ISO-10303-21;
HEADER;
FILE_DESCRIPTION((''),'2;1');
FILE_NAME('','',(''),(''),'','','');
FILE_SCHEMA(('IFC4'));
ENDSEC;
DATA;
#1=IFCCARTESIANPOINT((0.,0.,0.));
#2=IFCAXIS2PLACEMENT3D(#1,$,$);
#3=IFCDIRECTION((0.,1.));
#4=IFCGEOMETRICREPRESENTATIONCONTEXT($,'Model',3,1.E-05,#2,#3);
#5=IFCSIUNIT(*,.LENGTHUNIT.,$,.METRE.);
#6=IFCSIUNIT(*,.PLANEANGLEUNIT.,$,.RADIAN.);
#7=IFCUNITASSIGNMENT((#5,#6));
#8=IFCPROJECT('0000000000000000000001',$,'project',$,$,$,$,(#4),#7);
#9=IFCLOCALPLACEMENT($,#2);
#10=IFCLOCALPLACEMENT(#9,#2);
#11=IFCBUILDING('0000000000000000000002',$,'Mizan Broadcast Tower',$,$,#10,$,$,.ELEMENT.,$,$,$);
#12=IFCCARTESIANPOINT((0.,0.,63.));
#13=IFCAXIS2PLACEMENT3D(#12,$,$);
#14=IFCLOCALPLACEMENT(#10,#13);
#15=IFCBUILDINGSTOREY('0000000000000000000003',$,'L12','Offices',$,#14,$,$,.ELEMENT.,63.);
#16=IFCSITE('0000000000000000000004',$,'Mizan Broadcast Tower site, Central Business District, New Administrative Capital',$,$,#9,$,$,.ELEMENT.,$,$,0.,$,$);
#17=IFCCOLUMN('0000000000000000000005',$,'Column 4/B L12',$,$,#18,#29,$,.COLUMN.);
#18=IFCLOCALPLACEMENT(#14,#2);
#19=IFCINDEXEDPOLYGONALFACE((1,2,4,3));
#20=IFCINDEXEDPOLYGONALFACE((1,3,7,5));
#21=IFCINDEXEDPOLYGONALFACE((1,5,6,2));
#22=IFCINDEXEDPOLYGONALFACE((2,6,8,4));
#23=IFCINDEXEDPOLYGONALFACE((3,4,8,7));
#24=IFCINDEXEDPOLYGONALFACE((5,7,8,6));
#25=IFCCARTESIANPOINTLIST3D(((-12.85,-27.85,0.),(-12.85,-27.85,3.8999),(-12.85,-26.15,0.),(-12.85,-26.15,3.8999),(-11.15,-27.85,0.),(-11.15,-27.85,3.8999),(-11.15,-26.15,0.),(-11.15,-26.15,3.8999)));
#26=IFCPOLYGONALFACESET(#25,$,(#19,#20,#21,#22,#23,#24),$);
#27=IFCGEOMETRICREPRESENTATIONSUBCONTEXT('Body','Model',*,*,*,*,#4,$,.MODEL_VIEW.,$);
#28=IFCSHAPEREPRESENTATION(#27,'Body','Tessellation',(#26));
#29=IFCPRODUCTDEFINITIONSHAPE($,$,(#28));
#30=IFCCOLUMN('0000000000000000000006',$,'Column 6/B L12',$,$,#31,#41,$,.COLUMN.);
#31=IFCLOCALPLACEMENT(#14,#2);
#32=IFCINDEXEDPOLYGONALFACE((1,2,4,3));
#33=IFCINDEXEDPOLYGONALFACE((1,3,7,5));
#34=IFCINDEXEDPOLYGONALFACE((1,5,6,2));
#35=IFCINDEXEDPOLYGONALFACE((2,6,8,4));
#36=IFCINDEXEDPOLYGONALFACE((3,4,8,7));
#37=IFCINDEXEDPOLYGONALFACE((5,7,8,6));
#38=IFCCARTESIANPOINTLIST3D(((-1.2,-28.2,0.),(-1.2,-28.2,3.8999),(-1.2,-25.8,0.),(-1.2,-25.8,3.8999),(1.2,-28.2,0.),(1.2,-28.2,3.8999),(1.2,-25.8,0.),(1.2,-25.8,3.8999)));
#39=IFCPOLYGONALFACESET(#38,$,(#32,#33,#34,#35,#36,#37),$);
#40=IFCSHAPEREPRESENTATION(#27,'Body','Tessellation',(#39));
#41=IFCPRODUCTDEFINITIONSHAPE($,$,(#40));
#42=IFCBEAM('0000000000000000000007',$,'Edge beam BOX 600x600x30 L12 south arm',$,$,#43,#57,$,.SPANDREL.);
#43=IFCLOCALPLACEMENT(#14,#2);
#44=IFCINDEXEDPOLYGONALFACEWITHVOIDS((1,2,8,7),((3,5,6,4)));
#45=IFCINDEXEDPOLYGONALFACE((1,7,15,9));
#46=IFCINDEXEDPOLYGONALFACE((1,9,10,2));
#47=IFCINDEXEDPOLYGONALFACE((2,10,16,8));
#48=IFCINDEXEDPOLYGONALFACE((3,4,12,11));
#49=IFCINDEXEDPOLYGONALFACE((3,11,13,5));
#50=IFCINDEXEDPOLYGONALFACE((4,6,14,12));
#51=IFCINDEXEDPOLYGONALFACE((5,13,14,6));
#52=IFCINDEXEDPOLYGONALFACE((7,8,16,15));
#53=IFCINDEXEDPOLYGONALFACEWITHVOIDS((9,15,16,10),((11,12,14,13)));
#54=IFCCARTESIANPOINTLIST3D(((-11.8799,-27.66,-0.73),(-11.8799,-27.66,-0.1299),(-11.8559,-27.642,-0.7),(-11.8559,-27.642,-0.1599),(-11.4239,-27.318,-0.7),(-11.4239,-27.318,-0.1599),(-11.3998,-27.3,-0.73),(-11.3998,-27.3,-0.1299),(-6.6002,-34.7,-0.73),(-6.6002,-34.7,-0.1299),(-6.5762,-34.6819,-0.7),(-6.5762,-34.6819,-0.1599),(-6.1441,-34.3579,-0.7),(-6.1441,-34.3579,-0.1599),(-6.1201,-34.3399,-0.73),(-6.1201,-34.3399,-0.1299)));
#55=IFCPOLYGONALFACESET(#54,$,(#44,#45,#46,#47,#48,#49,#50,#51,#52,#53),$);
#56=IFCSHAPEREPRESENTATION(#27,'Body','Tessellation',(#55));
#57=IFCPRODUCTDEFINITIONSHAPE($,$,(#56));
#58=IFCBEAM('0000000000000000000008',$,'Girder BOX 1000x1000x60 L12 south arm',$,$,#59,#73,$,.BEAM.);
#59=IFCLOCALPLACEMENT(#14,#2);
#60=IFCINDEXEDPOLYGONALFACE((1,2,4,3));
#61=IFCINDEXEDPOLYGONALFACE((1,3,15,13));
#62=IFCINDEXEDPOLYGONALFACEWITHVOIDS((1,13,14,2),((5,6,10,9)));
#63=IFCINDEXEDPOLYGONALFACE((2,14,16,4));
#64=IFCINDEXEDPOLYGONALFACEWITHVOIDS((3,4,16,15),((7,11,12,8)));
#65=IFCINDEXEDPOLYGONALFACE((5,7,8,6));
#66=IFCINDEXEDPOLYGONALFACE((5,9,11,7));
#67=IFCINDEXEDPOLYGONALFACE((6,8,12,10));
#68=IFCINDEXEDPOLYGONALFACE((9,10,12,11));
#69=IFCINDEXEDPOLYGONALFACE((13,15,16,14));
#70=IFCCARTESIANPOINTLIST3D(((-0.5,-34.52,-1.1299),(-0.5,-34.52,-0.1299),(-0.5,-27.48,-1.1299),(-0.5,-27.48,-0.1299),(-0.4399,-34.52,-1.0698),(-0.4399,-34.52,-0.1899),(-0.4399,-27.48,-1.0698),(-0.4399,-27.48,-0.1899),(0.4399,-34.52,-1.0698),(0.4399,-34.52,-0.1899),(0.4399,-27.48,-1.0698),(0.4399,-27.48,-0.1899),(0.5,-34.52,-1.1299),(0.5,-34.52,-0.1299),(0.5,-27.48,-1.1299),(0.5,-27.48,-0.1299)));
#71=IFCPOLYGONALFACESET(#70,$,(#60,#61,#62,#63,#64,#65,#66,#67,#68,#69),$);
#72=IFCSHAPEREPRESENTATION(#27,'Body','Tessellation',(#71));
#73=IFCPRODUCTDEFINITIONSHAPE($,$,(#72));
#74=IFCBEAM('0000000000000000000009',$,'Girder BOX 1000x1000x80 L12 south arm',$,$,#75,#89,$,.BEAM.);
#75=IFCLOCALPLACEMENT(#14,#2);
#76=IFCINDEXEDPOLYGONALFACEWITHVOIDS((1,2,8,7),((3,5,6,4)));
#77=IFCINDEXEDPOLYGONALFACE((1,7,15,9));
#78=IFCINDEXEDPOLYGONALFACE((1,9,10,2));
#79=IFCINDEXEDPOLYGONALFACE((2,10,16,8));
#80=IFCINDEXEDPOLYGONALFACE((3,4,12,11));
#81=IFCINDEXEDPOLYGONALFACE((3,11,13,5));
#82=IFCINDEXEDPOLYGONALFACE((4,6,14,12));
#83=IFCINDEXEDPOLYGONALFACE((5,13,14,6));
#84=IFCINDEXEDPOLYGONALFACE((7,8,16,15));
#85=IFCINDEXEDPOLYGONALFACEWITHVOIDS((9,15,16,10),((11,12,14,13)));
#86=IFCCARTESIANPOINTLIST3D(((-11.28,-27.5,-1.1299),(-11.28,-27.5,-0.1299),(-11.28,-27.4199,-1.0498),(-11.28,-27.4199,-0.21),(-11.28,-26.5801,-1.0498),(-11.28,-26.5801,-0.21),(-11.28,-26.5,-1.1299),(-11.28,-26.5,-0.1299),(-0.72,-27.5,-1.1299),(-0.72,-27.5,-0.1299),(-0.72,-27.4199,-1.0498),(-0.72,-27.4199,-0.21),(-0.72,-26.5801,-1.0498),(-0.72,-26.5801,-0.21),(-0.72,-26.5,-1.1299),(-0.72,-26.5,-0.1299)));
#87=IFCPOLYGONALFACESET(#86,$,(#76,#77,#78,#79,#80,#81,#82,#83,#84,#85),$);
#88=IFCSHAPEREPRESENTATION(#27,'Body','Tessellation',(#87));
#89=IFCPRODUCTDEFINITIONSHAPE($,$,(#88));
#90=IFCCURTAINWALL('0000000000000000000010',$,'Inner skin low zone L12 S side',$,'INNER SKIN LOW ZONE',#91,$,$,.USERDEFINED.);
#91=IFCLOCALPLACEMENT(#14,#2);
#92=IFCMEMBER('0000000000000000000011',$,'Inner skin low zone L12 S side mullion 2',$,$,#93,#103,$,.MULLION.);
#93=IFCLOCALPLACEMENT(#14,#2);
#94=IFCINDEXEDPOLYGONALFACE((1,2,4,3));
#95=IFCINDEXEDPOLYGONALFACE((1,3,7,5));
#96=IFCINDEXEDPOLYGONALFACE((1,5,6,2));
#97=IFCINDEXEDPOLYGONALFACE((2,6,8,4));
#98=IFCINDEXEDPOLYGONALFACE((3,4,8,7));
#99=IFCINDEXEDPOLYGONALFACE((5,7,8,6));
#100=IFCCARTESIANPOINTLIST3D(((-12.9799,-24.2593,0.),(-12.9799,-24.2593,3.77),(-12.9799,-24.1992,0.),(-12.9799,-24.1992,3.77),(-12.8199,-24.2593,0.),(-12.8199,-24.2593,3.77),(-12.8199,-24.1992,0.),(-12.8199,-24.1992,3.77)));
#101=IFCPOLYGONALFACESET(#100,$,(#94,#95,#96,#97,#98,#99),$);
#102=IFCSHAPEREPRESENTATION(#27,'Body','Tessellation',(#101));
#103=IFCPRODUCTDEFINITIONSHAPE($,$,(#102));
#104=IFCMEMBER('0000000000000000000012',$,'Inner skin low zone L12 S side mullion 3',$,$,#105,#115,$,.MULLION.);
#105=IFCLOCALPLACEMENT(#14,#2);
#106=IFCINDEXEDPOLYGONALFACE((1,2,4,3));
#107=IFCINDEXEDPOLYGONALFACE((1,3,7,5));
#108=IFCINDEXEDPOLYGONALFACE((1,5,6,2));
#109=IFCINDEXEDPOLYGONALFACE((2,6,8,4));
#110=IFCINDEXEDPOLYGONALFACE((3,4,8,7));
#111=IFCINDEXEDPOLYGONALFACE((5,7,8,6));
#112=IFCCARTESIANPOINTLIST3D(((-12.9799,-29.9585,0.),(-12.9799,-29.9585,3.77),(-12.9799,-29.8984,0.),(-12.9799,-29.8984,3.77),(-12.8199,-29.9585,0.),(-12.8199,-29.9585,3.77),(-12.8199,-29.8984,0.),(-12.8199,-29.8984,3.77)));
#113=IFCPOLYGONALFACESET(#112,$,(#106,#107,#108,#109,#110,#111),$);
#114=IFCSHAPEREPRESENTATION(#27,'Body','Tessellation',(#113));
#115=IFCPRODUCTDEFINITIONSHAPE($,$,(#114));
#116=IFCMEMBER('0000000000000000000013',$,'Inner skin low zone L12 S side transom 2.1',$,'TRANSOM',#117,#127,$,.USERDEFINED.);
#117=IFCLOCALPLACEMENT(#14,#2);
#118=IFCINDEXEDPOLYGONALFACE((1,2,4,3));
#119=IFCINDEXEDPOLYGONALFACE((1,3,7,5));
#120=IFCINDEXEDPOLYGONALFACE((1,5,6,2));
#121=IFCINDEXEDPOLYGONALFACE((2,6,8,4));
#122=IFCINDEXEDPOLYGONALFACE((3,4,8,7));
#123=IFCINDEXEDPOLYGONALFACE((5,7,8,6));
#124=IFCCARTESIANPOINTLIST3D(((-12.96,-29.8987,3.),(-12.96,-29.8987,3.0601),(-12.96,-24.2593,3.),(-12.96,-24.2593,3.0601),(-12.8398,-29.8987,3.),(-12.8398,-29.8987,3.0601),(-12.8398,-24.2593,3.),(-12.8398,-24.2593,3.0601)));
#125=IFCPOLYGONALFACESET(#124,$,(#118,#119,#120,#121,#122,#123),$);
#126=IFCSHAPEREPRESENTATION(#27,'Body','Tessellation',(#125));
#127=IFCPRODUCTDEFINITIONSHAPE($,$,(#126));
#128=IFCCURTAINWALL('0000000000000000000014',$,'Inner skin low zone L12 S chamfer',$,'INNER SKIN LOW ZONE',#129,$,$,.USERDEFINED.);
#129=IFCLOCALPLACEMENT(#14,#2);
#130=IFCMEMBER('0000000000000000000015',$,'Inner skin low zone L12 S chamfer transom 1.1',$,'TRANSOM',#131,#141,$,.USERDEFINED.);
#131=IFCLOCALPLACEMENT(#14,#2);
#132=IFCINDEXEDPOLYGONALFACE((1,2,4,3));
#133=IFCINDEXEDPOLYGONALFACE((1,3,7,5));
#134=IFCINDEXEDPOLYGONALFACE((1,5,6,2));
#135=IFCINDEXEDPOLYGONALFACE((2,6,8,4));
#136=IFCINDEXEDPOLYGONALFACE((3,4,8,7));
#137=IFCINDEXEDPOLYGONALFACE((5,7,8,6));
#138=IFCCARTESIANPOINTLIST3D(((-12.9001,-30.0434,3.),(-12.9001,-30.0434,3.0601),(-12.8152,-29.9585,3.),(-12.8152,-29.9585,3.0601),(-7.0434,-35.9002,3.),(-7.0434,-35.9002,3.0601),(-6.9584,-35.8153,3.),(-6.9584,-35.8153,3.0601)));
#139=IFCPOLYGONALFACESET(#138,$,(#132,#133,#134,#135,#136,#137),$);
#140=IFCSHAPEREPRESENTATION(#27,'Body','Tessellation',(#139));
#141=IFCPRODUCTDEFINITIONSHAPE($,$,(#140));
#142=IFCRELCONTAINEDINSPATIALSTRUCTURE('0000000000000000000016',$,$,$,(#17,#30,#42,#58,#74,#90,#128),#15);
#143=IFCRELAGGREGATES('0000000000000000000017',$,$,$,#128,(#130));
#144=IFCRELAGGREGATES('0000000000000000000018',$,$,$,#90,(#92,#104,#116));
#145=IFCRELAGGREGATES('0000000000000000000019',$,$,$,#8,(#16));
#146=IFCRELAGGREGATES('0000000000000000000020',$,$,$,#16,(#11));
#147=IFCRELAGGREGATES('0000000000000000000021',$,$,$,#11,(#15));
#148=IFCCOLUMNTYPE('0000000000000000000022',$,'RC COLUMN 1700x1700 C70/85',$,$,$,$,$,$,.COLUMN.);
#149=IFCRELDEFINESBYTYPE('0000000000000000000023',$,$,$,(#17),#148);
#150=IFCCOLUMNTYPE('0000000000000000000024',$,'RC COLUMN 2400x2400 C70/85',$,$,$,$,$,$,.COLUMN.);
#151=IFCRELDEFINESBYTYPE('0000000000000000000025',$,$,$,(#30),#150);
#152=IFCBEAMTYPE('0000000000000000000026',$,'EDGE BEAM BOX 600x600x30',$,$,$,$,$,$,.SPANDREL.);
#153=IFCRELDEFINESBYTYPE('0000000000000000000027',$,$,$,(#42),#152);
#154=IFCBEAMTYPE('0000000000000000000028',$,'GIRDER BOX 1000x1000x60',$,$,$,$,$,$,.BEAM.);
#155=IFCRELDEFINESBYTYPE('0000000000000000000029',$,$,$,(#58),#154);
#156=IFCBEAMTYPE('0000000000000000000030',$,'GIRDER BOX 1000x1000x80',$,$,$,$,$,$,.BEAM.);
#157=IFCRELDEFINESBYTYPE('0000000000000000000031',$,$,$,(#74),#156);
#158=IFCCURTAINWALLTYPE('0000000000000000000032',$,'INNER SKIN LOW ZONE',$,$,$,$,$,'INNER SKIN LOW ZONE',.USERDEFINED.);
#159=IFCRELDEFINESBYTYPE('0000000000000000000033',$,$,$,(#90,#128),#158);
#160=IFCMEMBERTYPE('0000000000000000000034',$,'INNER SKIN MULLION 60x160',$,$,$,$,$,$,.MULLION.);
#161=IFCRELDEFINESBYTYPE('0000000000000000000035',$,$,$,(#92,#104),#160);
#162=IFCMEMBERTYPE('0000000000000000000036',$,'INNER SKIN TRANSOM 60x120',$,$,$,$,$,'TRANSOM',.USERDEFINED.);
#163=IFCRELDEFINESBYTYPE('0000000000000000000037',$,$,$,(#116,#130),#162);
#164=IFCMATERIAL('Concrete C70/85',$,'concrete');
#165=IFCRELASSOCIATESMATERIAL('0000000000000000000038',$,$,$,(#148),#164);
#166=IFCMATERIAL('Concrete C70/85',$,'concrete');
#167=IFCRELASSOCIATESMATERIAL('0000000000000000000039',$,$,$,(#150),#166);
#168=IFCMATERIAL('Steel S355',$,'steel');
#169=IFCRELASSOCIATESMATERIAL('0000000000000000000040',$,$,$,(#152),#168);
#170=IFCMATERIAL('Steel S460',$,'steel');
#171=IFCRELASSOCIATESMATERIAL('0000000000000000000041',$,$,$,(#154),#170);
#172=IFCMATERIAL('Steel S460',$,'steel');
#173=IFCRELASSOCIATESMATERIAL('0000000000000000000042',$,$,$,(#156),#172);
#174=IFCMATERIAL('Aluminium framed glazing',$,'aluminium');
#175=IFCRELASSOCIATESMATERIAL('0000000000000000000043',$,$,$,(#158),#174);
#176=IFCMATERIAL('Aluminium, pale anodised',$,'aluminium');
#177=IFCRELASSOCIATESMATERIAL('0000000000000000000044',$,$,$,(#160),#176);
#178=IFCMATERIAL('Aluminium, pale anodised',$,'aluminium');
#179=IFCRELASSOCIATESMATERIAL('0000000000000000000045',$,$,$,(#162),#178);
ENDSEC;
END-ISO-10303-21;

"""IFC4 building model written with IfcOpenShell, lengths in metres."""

from ifc_helpers import new_model, si_unit, direction, frame, origin, origin_2d, place, context, subcontext, project, spatial, rectangle, hollow_rectangle, extrude, material, material_profile, profile_set, type_object, element, aggregate, save


model = new_model("IFC4")

# Units and contexts
model_context = context("Model", 3, precision=1e-05, world=origin(), true_north=direction((0.0, 1.0)))
body_context = subcontext(model_context, "Body", "Model", "MODEL_VIEW")
ifc_project = project(units=[si_unit("LENGTHUNIT", "METRE"), si_unit("PLANEANGLEUNIT", "RADIAN")], contexts=[model_context])

# Site, building, storey
site_placement = place(None, origin())
site = spatial("IfcSite", under=ifc_project, at=site_placement, Name="Mizan Broadcast Tower site, Central Business District, New Administrative Capital", CompositionType="ELEMENT", RefElevation=0.0)
building_placement = place(site_placement, origin())
building = spatial("IfcBuilding", under=site, at=building_placement, Name="Mizan Broadcast Tower", CompositionType="ELEMENT")
storey_placement = place(building_placement, frame((0.0, 0.0, 63.0)))
storey = spatial("IfcBuildingStorey", under=building, at=storey_placement, Name="L12", Description="Offices", CompositionType="ELEMENT", Elevation=63.0)

# Columns
ifc_material_1 = material(Name="Concrete C70/85", Category="concrete")
ifc_material_profile_1 = material_profile(ifc_material_1, rectangle(XDim=1.7, YDim=1.7, at=origin_2d()), Name="RC 1700x1700")
ifc_profile_set_1 = profile_set([ifc_material_profile_1], Name="Concrete C70/85")
column_type_1 = type_object("IfcColumnType", Name="RC COLUMN 1700x1700 C70/85", PredefinedType="COLUMN", material=ifc_profile_set_1)
column_1_placement = place(storey_placement, frame((-12.0, -27.0, 0.0), z_axis=(0.0, 0.0, 1.0), x_axis=(1.0, 0.0, 0.0)))
element("IfcColumn", 1, at=column_1_placement, inside=storey, type_object=column_type_1, Name="Column 4/B L12", PredefinedType="COLUMN", context=body_context, shape_type="SweptSolid", body=[
    extrude(rectangle(XDim=1.7, YDim=1.7, at=origin_2d()), origin(), (0.0, 0.0, 1.0), 3.8999),
])
ifc_material_2 = material(Name="Concrete C70/85", Category="concrete")
ifc_material_profile_2 = material_profile(ifc_material_2, rectangle(XDim=2.3999, YDim=2.3999, at=origin_2d()), Name="RC 2400x2400")
ifc_profile_set_2 = profile_set([ifc_material_profile_2], Name="Concrete C70/85")
column_type_2 = type_object("IfcColumnType", Name="RC COLUMN 2400x2400 C70/85", PredefinedType="COLUMN", material=ifc_profile_set_2)
column_2_placement = place(storey_placement, frame((0.0, -27.0, 0.0), z_axis=(0.0, 0.0, 1.0), x_axis=(1.0, 0.0, 0.0)))
element("IfcColumn", 2, at=column_2_placement, inside=storey, type_object=column_type_2, Name="Column 6/B L12", PredefinedType="COLUMN", context=body_context, shape_type="SweptSolid", body=[
    extrude(rectangle(XDim=2.3999, YDim=2.3999, at=origin_2d()), origin(), (0.0, 0.0, 1.0), 3.8999),
])

# Beams
ifc_material_3 = material(Name="Steel S355", Category="steel")
ifc_material_profile_3 = material_profile(ifc_material_3, hollow_rectangle(XDim=0.6001, YDim=0.6001, WallThickness=0.03, at=origin_2d()), Name="BOX 600x600x30")
ifc_profile_set_3 = profile_set([ifc_material_profile_3], Name="Steel S355")
beam_type_1 = type_object("IfcBeamType", Name="EDGE BEAM BOX 600x600x30", PredefinedType="SPANDREL", material=ifc_profile_set_3)
beam_1_placement = place(storey_placement, frame((-11.6399, -27.48, -0.4299), z_axis=(0.599982, -0.800013, 0.0), x_axis=(0.800013, 0.599982, 0.0)))
element("IfcBeam", 3, at=beam_1_placement, inside=storey, type_object=beam_type_1, Name="Edge beam BOX 600x600x30 L12 south arm", PredefinedType="SPANDREL", context=body_context, shape_type="SweptSolid", body=[
    extrude(hollow_rectangle(XDim=0.6001, YDim=0.6001, WallThickness=0.03, at=origin_2d()), origin(), (0.0, 0.0, 1.0), 8.7998),
])
ifc_material_4 = material(Name="Steel S460", Category="steel")
ifc_material_profile_4 = material_profile(ifc_material_4, hollow_rectangle(XDim=1.0, YDim=1.0, WallThickness=0.0601, at=origin_2d()), Name="BOX 1000x1000x60")
ifc_profile_set_4 = profile_set([ifc_material_profile_4], Name="Steel S460")
beam_type_2 = type_object("IfcBeamType", Name="GIRDER BOX 1000x1000x60", PredefinedType="BEAM", material=ifc_profile_set_4)
beam_2_placement = place(storey_placement, frame((0.0, -27.48, -0.6299), z_axis=(0.0, -1.0, 0.0), x_axis=(1.0, 0.0, 0.0)))
element("IfcBeam", 4, at=beam_2_placement, inside=storey, type_object=beam_type_2, Name="Girder BOX 1000x1000x60 L12 south arm", PredefinedType="BEAM", context=body_context, shape_type="SweptSolid", body=[
    extrude(hollow_rectangle(XDim=1.0, YDim=1.0, WallThickness=0.0601, at=origin_2d()), origin(), (0.0, 0.0, 1.0), 7.04),
])
ifc_material_5 = material(Name="Steel S460", Category="steel")
ifc_material_profile_5 = material_profile(ifc_material_5, hollow_rectangle(XDim=1.0, YDim=1.0, WallThickness=0.0801, at=origin_2d()), Name="BOX 1000x1000x80")
ifc_profile_set_5 = profile_set([ifc_material_profile_5], Name="Steel S460")
beam_type_3 = type_object("IfcBeamType", Name="GIRDER BOX 1000x1000x80", PredefinedType="BEAM", material=ifc_profile_set_5)
beam_3_placement = place(storey_placement, frame((-11.28, -27.0, -0.6299), z_axis=(1.0, 0.0, 0.0), x_axis=(0.0, 1.0, 0.0)))
element("IfcBeam", 5, at=beam_3_placement, inside=storey, type_object=beam_type_3, Name="Girder BOX 1000x1000x80 L12 south arm", PredefinedType="BEAM", context=body_context, shape_type="SweptSolid", body=[
    extrude(hollow_rectangle(XDim=1.0, YDim=1.0, WallThickness=0.0801, at=origin_2d()), origin(), (0.0, 0.0, 1.0), 10.5601),
])

# Curtain wall, members
ifc_material_6 = material(Name="Aluminium framed glazing", Category="aluminium")
curtain_wall_type_1 = type_object("IfcCurtainWallType", Name="INNER SKIN LOW ZONE", ElementType="INNER SKIN LOW ZONE", PredefinedType="USERDEFINED", material=ifc_material_6)
curtain_wall_1_placement = place(storey_placement, origin())
curtain_wall_1 = element("IfcCurtainWall", 6, at=curtain_wall_1_placement, inside=storey, type_object=curtain_wall_type_1, Name="Inner skin low zone L12 S side", ObjectType="INNER SKIN LOW ZONE", PredefinedType="USERDEFINED")
ifc_material_7 = material(Name="Aluminium, pale anodised", Category="aluminium")
ifc_material_profile_6 = material_profile(ifc_material_7, rectangle(XDim=0.1599, YDim=0.0601, at=origin_2d()), Name="MULLION 160x60")
ifc_profile_set_6 = profile_set([ifc_material_profile_6], Name="Aluminium, pale anodised")
member_type_1 = type_object("IfcMemberType", Name="INNER SKIN MULLION 60x160", PredefinedType="MULLION", material=ifc_profile_set_6)
member_1_placement = place(storey_placement, frame((-12.8999, -24.2292, 0.0), z_axis=(0.0, 0.0, 1.0), x_axis=(1.0, 0.0, 0.0)))
member_1 = element("IfcMember", 7, at=member_1_placement, type_object=member_type_1, Name="Inner skin low zone L12 S side mullion 2", PredefinedType="MULLION", context=body_context, shape_type="SweptSolid", body=[
    extrude(rectangle(XDim=0.1599, YDim=0.0601, at=origin_2d()), origin(), (0.0, 0.0, 1.0), 3.77),
])
member_2_placement = place(storey_placement, frame((-12.8999, -29.9285, 0.0), z_axis=(0.0, 0.0, 1.0), x_axis=(1.0, 0.0, 0.0)))
member_2 = element("IfcMember", 8, at=member_2_placement, type_object=member_type_1, Name="Inner skin low zone L12 S side mullion 3", PredefinedType="MULLION", context=body_context, shape_type="SweptSolid", body=[
    extrude(rectangle(XDim=0.1599, YDim=0.0601, at=origin_2d()), origin(), (0.0, 0.0, 1.0), 3.77),
])
ifc_material_8 = material(Name="Aluminium, pale anodised", Category="aluminium")
ifc_material_profile_7 = material_profile(ifc_material_8, rectangle(XDim=0.1201, YDim=0.0601, at=origin_2d()), Name="TRANSOM 120x60")
ifc_profile_set_7 = profile_set([ifc_material_profile_7], Name="Aluminium, pale anodised")
member_type_2 = type_object("IfcMemberType", Name="INNER SKIN TRANSOM 60x120", ElementType="TRANSOM", PredefinedType="USERDEFINED", material=ifc_profile_set_7)
member_3_placement = place(storey_placement, frame((-12.8999, -24.2593, 3.03), z_axis=(0.0, -1.0, 0.0), x_axis=(1.0, 0.0, 0.0)))
member_3 = element("IfcMember", 9, at=member_3_placement, type_object=member_type_2, Name="Inner skin low zone L12 S side transom 2.1", ObjectType="TRANSOM", PredefinedType="USERDEFINED", context=body_context, shape_type="SweptSolid", body=[
    extrude(rectangle(XDim=0.1201, YDim=0.0601, at=origin_2d()), origin(), (0.0, 0.0, 1.0), 5.6394),
])

# Curtain wall, member
curtain_wall_2_placement = place(storey_placement, origin())
curtain_wall_2 = element("IfcCurtainWall", 10, at=curtain_wall_2_placement, inside=storey, type_object=curtain_wall_type_1, Name="Inner skin low zone L12 S chamfer", ObjectType="INNER SKIN LOW ZONE", PredefinedType="USERDEFINED")
member_4_placement = place(storey_placement, frame((-12.8577, -30.001, 3.03), z_axis=(0.707107, -0.707107, 0.0), x_axis=(0.707107, 0.707107, 0.0)))
member_4 = element("IfcMember", 11, at=member_4_placement, type_object=member_type_2, Name="Inner skin low zone L12 S chamfer transom 1.1", ObjectType="TRANSOM", PredefinedType="USERDEFINED", context=body_context, shape_type="SweptSolid", body=[
    extrude(rectangle(XDim=0.1201, YDim=0.0601, at=origin_2d()), origin(), (0.0, 0.0, 1.0), 8.2827),
])
aggregate(curtain_wall_2, [member_4])

aggregate(curtain_wall_1, [member_1, member_2, member_3])

save(model, "model.ifc")
